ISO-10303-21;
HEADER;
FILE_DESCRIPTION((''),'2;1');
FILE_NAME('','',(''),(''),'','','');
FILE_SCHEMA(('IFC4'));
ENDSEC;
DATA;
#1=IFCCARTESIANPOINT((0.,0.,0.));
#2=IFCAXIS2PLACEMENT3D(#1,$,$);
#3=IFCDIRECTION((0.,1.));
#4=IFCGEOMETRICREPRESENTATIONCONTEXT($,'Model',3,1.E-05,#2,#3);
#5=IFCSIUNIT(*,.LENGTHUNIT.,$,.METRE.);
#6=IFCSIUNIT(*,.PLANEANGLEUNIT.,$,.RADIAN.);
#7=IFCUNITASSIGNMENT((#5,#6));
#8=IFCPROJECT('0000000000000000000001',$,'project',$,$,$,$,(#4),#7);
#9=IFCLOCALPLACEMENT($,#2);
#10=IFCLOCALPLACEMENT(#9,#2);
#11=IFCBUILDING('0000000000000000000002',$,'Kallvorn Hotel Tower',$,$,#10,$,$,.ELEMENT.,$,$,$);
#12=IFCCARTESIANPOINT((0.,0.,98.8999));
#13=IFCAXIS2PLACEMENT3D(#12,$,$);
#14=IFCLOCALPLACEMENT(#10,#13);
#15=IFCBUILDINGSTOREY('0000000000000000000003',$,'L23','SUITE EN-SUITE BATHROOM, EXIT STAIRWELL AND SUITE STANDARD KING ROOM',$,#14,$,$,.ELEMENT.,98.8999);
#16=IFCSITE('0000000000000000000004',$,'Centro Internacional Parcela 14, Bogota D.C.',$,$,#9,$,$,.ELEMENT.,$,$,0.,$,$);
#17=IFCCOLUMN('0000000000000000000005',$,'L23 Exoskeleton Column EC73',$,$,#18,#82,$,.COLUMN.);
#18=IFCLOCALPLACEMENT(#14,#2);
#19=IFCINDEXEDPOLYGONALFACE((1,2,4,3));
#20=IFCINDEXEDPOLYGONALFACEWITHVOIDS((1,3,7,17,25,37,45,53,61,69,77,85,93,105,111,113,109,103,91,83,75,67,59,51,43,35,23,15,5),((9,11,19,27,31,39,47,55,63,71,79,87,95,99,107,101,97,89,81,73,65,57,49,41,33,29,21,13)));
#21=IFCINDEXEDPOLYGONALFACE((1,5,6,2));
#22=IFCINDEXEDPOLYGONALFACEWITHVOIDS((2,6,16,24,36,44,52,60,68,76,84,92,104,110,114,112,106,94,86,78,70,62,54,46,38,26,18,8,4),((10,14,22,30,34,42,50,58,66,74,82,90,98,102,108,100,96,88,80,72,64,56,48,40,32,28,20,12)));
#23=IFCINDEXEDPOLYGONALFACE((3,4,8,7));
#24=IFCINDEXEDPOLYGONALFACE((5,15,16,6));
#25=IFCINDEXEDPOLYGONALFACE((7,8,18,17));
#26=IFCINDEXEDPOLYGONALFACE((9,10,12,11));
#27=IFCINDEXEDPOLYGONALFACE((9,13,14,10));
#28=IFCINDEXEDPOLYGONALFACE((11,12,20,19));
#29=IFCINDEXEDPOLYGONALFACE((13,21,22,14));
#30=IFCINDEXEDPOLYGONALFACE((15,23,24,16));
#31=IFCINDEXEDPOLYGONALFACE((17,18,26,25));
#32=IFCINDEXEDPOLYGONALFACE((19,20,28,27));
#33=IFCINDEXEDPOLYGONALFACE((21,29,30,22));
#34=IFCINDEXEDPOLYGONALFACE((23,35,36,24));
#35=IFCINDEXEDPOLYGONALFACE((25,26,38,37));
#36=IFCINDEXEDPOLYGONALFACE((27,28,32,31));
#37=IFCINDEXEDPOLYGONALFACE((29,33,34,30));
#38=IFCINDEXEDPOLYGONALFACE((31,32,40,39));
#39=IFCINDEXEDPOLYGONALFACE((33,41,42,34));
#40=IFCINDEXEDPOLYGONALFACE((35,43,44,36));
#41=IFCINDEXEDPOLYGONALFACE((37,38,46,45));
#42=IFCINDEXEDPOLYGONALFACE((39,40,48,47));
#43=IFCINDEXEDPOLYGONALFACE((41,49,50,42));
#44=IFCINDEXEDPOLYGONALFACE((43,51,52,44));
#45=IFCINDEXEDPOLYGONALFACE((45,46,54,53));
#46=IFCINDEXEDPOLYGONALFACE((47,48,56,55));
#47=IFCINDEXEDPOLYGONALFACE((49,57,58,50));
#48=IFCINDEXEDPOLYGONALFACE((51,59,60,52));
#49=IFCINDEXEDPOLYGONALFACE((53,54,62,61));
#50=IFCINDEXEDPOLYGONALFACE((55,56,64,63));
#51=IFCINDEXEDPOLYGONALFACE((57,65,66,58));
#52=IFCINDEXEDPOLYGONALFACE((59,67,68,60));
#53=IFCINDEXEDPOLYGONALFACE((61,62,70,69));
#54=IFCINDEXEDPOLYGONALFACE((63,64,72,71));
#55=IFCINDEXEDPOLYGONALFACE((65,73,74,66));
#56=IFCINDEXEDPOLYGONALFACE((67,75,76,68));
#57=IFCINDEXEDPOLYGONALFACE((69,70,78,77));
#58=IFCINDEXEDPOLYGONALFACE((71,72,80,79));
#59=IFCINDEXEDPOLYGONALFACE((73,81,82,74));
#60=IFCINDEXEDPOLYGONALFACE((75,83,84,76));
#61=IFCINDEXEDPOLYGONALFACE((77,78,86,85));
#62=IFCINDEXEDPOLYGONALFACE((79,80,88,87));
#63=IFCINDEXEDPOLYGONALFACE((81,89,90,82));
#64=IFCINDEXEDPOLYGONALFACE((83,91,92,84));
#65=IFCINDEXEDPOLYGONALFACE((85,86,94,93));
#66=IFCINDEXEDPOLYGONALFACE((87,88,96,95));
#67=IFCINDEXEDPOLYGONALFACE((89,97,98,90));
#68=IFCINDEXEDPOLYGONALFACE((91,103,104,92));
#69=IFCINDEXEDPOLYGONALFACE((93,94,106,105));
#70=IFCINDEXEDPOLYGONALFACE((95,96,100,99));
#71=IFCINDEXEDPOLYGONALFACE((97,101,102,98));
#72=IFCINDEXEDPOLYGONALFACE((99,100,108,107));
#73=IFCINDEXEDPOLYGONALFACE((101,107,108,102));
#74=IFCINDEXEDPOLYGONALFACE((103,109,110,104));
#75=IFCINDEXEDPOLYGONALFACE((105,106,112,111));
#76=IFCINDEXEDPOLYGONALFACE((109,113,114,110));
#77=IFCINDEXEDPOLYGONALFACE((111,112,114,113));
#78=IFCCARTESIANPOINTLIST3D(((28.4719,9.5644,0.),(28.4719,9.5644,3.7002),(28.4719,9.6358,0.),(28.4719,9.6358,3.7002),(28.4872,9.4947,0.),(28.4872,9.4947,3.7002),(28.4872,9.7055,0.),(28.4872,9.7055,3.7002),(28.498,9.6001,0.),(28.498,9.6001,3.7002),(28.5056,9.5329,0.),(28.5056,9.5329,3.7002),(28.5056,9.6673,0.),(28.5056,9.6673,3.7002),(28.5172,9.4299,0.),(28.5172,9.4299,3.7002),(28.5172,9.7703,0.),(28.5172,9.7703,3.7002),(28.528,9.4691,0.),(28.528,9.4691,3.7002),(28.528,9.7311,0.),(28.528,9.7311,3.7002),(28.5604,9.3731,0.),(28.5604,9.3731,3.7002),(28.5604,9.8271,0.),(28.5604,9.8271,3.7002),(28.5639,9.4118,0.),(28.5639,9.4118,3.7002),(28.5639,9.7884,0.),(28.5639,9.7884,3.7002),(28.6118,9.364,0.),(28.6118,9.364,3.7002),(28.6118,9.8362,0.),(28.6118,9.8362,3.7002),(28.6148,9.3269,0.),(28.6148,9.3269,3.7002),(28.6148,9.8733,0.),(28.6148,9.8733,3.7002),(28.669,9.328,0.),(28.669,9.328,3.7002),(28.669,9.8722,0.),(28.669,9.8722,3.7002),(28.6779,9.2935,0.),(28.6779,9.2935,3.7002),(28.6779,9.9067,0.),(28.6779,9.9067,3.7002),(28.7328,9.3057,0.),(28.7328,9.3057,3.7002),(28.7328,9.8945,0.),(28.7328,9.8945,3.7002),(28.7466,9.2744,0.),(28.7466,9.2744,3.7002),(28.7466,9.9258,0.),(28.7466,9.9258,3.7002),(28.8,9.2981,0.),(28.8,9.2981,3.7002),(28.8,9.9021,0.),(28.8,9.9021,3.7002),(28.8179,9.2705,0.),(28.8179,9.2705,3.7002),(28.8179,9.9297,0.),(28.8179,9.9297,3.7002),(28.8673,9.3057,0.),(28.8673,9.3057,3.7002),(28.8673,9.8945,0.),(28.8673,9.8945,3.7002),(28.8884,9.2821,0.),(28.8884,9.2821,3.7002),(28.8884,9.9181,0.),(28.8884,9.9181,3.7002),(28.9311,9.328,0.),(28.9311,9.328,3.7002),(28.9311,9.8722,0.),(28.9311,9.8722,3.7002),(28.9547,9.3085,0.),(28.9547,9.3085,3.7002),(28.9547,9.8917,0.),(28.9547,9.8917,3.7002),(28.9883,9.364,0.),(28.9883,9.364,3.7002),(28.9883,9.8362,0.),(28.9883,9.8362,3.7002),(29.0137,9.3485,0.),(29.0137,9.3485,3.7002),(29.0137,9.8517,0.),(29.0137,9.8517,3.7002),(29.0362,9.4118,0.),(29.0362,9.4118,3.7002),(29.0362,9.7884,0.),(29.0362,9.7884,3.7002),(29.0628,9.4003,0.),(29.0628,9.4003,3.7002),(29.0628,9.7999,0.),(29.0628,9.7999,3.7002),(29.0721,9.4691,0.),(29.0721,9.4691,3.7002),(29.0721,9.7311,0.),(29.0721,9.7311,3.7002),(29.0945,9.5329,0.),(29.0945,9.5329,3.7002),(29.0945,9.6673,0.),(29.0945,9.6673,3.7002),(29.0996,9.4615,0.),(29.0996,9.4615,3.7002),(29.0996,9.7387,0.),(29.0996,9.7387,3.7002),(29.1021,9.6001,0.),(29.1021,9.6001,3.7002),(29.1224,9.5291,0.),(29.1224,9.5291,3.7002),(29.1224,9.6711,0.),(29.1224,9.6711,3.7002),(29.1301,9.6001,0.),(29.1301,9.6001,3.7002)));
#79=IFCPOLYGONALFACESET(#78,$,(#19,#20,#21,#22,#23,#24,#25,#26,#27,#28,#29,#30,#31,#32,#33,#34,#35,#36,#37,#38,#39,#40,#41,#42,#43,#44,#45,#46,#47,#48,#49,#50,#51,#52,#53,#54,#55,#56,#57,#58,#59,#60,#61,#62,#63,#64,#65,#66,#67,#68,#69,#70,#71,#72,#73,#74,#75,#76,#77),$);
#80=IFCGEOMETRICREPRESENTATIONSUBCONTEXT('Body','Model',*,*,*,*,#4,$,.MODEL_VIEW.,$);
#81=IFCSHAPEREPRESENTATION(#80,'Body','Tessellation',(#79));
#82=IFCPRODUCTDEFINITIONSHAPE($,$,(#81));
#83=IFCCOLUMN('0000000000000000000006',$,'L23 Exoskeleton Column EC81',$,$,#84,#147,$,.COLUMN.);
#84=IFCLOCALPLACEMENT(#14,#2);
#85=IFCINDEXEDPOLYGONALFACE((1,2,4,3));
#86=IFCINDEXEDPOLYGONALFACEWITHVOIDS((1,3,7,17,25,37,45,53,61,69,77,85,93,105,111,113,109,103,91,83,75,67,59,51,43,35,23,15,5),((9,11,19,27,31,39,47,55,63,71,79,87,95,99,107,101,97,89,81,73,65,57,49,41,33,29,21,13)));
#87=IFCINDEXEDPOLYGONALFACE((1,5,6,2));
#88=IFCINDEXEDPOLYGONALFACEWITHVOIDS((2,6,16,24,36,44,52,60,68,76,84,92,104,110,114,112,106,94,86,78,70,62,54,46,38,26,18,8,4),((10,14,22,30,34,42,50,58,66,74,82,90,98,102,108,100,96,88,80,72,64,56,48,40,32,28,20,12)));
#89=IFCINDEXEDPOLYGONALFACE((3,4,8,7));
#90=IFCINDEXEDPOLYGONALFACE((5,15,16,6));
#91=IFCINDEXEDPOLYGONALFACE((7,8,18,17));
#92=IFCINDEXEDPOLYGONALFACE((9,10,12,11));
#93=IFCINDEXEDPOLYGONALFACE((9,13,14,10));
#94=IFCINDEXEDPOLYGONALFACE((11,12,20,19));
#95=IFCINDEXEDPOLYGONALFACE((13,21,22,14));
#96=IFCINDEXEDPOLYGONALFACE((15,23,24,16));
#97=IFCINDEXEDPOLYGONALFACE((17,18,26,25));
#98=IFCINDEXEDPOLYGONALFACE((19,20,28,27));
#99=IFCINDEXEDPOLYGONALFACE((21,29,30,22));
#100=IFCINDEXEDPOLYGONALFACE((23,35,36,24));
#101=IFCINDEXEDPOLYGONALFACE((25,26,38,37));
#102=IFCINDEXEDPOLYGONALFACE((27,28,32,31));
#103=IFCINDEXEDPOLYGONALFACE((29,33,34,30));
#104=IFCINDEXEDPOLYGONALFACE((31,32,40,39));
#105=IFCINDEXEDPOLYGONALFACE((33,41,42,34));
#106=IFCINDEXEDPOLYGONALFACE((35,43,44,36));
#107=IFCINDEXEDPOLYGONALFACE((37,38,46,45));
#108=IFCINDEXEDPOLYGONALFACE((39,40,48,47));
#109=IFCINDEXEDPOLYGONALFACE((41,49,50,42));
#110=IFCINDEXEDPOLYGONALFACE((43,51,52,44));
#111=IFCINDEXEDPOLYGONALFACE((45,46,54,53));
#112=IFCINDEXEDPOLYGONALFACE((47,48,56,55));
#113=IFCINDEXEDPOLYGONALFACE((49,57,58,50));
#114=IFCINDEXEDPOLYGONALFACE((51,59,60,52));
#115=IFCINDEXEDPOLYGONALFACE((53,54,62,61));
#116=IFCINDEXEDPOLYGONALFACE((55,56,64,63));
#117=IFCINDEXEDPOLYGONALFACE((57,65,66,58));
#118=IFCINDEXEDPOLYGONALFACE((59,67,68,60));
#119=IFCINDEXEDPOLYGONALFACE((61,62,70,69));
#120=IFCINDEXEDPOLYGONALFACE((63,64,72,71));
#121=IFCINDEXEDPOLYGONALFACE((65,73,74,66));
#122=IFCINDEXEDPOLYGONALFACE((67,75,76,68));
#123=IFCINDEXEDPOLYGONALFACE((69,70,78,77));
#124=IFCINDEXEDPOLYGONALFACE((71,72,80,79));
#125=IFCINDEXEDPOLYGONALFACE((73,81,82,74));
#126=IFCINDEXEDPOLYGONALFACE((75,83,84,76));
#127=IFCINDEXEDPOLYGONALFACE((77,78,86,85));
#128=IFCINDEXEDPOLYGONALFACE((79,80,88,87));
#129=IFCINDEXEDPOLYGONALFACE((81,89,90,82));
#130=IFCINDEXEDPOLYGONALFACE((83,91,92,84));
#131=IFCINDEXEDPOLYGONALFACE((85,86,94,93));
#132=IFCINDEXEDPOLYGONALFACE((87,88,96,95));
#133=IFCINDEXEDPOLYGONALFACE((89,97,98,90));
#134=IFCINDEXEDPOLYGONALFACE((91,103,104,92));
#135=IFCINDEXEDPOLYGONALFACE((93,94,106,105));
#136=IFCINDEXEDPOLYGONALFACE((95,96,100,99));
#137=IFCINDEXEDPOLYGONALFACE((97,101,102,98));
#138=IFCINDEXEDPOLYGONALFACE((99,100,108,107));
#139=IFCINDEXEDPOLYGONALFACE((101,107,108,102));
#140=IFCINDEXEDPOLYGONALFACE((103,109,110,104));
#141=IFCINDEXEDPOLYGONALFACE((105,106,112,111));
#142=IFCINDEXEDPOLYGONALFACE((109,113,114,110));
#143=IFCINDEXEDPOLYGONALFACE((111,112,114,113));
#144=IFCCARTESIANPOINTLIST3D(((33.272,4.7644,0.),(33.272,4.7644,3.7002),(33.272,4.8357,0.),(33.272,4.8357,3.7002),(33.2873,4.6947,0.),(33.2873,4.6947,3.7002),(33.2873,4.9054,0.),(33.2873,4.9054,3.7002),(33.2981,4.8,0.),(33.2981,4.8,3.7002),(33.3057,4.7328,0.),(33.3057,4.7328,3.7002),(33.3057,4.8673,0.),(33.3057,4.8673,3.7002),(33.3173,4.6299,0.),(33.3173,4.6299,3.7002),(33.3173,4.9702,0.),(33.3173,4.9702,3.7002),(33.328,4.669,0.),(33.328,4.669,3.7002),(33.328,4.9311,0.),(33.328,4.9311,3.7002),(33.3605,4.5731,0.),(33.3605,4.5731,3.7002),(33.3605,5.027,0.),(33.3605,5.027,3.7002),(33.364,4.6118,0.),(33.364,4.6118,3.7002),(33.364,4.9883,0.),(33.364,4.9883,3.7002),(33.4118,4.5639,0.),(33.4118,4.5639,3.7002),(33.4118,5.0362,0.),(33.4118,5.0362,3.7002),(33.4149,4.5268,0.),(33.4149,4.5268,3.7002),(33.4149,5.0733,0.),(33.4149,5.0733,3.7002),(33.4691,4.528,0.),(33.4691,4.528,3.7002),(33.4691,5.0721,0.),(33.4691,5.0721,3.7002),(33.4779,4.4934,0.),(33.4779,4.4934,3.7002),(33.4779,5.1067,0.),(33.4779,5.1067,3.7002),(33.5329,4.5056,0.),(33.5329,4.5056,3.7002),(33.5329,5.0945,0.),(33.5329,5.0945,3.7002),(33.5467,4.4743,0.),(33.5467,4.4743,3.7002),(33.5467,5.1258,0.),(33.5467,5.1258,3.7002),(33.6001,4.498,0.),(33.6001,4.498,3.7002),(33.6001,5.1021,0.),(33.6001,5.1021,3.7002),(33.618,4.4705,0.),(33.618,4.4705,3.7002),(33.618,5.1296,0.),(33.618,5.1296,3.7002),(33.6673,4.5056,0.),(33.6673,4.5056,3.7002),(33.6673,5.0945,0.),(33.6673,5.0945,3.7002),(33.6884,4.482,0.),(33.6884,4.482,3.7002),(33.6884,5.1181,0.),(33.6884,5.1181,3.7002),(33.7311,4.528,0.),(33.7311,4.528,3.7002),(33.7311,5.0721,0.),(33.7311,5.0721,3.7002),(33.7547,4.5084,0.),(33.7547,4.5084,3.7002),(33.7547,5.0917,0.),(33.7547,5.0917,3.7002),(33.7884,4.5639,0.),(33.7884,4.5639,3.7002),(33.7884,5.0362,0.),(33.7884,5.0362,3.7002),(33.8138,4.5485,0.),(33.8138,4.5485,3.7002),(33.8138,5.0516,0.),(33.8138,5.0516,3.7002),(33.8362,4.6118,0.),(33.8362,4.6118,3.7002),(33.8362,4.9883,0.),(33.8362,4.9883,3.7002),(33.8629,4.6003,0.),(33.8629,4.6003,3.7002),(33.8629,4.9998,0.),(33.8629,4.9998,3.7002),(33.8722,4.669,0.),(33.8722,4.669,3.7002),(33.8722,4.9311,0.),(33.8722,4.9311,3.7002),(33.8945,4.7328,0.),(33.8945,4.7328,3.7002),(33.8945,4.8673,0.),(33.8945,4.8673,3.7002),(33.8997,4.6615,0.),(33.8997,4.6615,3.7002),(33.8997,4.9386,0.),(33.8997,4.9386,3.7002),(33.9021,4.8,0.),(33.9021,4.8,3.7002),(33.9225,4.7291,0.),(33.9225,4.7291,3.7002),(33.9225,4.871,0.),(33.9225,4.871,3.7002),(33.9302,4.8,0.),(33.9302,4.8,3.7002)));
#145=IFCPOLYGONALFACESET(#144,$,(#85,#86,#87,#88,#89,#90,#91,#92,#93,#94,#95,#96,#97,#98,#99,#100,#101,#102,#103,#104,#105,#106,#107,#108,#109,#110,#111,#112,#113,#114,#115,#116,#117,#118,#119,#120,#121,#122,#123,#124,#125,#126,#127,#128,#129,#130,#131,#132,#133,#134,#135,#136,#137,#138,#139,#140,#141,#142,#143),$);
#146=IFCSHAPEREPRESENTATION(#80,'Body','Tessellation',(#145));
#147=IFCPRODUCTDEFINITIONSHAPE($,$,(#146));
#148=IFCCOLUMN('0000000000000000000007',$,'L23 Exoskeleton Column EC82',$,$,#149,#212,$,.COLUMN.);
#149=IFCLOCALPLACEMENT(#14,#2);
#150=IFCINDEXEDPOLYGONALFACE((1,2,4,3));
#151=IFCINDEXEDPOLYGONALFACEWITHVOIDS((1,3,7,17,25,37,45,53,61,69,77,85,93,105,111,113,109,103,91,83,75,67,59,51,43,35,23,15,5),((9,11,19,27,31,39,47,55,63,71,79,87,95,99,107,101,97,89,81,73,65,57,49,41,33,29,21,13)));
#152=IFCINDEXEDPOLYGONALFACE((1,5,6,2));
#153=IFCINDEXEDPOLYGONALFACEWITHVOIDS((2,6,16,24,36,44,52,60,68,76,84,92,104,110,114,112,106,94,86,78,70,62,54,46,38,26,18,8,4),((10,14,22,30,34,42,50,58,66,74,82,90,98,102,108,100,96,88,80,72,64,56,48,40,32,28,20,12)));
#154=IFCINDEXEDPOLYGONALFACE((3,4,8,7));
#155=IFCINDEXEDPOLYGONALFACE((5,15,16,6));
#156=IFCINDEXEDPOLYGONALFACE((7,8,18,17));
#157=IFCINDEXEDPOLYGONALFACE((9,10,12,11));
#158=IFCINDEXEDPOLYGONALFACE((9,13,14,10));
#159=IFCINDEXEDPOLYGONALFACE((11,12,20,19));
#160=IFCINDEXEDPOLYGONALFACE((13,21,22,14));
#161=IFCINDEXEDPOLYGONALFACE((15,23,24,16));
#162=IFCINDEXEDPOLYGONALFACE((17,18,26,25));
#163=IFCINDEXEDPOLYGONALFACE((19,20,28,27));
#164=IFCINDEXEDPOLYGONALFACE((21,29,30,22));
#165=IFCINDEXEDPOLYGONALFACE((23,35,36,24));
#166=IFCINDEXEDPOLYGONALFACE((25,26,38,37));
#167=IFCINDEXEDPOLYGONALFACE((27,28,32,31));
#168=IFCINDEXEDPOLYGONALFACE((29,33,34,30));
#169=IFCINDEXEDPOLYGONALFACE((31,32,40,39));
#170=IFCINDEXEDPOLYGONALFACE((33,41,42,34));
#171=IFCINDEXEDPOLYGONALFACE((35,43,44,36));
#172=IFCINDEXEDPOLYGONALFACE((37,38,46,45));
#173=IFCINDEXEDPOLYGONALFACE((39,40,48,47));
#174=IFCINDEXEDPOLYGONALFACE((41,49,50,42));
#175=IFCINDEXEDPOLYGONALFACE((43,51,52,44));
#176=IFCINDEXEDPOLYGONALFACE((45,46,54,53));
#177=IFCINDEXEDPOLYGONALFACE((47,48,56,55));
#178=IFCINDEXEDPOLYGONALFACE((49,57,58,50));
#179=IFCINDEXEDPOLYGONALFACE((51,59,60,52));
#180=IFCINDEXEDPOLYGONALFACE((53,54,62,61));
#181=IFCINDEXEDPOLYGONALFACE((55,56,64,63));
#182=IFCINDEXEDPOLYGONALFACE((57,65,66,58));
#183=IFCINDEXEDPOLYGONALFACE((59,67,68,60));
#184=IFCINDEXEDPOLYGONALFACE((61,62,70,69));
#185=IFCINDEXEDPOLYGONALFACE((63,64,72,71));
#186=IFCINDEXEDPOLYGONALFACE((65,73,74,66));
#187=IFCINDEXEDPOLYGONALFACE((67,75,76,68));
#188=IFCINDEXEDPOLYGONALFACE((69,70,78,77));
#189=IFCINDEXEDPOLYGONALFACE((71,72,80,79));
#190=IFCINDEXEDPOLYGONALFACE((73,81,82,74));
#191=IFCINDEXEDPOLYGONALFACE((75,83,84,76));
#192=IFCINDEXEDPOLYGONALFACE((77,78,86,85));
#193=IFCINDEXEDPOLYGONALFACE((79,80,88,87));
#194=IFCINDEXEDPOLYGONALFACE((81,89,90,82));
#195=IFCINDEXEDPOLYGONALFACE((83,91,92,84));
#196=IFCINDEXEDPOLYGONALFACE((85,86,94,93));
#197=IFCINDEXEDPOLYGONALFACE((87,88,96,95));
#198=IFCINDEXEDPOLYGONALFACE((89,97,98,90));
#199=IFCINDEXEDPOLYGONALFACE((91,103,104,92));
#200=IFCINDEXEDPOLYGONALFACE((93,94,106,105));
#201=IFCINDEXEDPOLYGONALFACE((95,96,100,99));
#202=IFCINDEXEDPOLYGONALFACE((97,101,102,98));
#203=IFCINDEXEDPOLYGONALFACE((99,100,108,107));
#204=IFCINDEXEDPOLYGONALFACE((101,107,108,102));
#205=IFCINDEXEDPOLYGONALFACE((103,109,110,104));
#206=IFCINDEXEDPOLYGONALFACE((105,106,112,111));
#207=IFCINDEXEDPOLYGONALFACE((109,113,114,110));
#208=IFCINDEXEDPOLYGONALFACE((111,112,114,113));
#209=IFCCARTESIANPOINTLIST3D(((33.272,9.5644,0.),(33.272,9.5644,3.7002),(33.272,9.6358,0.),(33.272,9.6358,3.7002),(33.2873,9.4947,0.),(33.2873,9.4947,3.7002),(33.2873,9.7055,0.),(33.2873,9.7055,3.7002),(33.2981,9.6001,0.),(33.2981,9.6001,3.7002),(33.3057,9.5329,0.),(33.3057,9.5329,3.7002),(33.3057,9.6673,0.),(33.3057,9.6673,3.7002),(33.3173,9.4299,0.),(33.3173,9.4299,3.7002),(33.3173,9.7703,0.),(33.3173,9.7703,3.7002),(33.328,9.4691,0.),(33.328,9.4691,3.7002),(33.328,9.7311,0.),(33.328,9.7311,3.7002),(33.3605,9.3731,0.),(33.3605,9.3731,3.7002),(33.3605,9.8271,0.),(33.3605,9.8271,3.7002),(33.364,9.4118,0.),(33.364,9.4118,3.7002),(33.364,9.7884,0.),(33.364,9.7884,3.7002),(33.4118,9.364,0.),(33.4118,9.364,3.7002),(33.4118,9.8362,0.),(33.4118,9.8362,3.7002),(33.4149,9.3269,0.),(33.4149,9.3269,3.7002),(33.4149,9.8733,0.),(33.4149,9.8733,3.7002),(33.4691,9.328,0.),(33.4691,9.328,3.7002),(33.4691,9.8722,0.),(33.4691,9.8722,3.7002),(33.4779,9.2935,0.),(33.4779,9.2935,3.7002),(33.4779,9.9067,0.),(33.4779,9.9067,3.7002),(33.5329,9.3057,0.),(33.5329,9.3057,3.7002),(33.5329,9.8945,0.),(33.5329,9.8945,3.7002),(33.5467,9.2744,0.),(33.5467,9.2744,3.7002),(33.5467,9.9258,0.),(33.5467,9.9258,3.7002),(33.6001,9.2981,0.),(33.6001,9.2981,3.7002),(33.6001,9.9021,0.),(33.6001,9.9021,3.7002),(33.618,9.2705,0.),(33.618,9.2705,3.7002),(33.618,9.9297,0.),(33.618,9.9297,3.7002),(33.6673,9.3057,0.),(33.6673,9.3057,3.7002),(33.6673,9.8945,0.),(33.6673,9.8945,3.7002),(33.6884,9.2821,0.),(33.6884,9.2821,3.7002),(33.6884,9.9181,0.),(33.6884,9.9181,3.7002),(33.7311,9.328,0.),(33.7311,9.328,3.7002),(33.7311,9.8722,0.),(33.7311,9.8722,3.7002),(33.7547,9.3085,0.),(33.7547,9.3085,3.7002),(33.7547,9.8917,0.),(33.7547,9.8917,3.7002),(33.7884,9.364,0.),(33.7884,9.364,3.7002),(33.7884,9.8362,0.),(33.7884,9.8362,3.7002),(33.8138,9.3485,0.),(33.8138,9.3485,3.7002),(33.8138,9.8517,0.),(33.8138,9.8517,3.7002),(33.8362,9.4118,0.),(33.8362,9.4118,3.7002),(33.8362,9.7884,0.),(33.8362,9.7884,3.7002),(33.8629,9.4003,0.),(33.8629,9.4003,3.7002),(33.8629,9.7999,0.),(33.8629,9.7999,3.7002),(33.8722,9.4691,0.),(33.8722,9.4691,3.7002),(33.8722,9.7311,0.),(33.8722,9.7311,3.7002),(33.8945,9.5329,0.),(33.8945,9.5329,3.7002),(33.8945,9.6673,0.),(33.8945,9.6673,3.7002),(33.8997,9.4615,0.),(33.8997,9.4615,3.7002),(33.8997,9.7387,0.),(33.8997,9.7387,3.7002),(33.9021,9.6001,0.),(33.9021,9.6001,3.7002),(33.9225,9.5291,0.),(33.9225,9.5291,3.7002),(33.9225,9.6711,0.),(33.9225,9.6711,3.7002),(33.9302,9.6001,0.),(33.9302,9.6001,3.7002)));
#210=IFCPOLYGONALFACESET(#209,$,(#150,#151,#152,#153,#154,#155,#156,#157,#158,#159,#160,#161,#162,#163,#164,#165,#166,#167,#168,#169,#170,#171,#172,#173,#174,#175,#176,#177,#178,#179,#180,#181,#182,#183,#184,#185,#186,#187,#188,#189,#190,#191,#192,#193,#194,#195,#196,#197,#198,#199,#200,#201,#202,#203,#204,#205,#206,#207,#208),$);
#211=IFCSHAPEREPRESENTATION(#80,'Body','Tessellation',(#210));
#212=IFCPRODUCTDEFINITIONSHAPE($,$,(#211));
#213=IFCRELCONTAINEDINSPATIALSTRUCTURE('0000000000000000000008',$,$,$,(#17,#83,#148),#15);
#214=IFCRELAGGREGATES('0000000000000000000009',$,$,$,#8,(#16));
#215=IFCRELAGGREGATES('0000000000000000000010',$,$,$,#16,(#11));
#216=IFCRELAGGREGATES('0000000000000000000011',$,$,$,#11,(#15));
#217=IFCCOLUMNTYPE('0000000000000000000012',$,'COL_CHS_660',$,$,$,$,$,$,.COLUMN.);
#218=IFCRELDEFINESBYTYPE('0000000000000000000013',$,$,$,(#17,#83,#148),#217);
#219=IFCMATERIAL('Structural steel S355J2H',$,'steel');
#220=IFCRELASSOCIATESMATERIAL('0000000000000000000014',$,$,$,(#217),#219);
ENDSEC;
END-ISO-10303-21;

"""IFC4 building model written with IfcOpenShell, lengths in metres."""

from ifc_helpers import new_model, si_unit, direction, frame, origin, origin_2d, place, context, subcontext, project, spatial, hollow_circle, extrude, material, material_profile, profile_set, type_object, element, save


model = new_model("IFC4")

# Units and contexts
model_context = context("Model", 3, precision=1e-05, world=origin(), true_north=direction((0.0, 1.0)))
body_context = subcontext(model_context, "Body", "Model", "MODEL_VIEW")
ifc_project = project(units=[si_unit("LENGTHUNIT", "METRE"), si_unit("PLANEANGLEUNIT", "RADIAN")], contexts=[model_context])

# Site, building, storey
site_placement = place(None, origin())
site = spatial("IfcSite", under=ifc_project, at=site_placement, Name="Centro Internacional Parcela 14, Bogota D.C.", CompositionType="ELEMENT", RefElevation=0.0)
building_placement = place(site_placement, origin())
building = spatial("IfcBuilding", under=site, at=building_placement, Name="Kallvorn Hotel Tower", CompositionType="ELEMENT")
storey_placement = place(building_placement, frame((0.0, 0.0, 98.8999)))
storey = spatial("IfcBuildingStorey", under=building, at=storey_placement, Name="L23", Description="SUITE EN-SUITE BATHROOM, EXIT STAIRWELL AND SUITE STANDARD KING ROOM", CompositionType="ELEMENT", Elevation=98.8999)

# Columns
ifc_material_1 = material(Name="Structural steel S355J2H", Category="steel")
ifc_material_profile_1 = material_profile(ifc_material_1, hollow_circle(Radius=0.3301, WallThickness=0.0281, at=origin_2d()), Name="CHS 660x28")
ifc_profile_set_1 = profile_set([ifc_material_profile_1], Name="Structural steel S355J2H")
column_type_1 = type_object("IfcColumnType", Name="COL_CHS_660", PredefinedType="COLUMN", material=ifc_profile_set_1)
for number, where, z_axis, x_axis, name in (
    (1, (28.8, 9.6001, 0.0), (0.0, 0.0, 1.0), (1.0, 0.0, 0.0), "L23 Exoskeleton Column EC73"),
    (2, (33.6001, 4.8, 0.0), (0.0, 0.0, 1.0), (1.0, 0.0, 0.0), "L23 Exoskeleton Column EC81"),
    (3, (33.6001, 9.6001, 0.0), (0.0, 0.0, 1.0), (1.0, 0.0, 0.0), "L23 Exoskeleton Column EC82"),
):
    element("IfcColumn", number, at=place(storey_placement, frame(where, z_axis=z_axis, x_axis=x_axis)), inside=storey, type_object=column_type_1, Name=name, PredefinedType="COLUMN", context=body_context, shape_type="SweptSolid", body=[
        extrude(hollow_circle(Radius=0.3301, WallThickness=0.0281, at=origin_2d()), origin(), (0.0, 0.0, 1.0), 3.7002),
    ])

save(model, "model.ifc")
